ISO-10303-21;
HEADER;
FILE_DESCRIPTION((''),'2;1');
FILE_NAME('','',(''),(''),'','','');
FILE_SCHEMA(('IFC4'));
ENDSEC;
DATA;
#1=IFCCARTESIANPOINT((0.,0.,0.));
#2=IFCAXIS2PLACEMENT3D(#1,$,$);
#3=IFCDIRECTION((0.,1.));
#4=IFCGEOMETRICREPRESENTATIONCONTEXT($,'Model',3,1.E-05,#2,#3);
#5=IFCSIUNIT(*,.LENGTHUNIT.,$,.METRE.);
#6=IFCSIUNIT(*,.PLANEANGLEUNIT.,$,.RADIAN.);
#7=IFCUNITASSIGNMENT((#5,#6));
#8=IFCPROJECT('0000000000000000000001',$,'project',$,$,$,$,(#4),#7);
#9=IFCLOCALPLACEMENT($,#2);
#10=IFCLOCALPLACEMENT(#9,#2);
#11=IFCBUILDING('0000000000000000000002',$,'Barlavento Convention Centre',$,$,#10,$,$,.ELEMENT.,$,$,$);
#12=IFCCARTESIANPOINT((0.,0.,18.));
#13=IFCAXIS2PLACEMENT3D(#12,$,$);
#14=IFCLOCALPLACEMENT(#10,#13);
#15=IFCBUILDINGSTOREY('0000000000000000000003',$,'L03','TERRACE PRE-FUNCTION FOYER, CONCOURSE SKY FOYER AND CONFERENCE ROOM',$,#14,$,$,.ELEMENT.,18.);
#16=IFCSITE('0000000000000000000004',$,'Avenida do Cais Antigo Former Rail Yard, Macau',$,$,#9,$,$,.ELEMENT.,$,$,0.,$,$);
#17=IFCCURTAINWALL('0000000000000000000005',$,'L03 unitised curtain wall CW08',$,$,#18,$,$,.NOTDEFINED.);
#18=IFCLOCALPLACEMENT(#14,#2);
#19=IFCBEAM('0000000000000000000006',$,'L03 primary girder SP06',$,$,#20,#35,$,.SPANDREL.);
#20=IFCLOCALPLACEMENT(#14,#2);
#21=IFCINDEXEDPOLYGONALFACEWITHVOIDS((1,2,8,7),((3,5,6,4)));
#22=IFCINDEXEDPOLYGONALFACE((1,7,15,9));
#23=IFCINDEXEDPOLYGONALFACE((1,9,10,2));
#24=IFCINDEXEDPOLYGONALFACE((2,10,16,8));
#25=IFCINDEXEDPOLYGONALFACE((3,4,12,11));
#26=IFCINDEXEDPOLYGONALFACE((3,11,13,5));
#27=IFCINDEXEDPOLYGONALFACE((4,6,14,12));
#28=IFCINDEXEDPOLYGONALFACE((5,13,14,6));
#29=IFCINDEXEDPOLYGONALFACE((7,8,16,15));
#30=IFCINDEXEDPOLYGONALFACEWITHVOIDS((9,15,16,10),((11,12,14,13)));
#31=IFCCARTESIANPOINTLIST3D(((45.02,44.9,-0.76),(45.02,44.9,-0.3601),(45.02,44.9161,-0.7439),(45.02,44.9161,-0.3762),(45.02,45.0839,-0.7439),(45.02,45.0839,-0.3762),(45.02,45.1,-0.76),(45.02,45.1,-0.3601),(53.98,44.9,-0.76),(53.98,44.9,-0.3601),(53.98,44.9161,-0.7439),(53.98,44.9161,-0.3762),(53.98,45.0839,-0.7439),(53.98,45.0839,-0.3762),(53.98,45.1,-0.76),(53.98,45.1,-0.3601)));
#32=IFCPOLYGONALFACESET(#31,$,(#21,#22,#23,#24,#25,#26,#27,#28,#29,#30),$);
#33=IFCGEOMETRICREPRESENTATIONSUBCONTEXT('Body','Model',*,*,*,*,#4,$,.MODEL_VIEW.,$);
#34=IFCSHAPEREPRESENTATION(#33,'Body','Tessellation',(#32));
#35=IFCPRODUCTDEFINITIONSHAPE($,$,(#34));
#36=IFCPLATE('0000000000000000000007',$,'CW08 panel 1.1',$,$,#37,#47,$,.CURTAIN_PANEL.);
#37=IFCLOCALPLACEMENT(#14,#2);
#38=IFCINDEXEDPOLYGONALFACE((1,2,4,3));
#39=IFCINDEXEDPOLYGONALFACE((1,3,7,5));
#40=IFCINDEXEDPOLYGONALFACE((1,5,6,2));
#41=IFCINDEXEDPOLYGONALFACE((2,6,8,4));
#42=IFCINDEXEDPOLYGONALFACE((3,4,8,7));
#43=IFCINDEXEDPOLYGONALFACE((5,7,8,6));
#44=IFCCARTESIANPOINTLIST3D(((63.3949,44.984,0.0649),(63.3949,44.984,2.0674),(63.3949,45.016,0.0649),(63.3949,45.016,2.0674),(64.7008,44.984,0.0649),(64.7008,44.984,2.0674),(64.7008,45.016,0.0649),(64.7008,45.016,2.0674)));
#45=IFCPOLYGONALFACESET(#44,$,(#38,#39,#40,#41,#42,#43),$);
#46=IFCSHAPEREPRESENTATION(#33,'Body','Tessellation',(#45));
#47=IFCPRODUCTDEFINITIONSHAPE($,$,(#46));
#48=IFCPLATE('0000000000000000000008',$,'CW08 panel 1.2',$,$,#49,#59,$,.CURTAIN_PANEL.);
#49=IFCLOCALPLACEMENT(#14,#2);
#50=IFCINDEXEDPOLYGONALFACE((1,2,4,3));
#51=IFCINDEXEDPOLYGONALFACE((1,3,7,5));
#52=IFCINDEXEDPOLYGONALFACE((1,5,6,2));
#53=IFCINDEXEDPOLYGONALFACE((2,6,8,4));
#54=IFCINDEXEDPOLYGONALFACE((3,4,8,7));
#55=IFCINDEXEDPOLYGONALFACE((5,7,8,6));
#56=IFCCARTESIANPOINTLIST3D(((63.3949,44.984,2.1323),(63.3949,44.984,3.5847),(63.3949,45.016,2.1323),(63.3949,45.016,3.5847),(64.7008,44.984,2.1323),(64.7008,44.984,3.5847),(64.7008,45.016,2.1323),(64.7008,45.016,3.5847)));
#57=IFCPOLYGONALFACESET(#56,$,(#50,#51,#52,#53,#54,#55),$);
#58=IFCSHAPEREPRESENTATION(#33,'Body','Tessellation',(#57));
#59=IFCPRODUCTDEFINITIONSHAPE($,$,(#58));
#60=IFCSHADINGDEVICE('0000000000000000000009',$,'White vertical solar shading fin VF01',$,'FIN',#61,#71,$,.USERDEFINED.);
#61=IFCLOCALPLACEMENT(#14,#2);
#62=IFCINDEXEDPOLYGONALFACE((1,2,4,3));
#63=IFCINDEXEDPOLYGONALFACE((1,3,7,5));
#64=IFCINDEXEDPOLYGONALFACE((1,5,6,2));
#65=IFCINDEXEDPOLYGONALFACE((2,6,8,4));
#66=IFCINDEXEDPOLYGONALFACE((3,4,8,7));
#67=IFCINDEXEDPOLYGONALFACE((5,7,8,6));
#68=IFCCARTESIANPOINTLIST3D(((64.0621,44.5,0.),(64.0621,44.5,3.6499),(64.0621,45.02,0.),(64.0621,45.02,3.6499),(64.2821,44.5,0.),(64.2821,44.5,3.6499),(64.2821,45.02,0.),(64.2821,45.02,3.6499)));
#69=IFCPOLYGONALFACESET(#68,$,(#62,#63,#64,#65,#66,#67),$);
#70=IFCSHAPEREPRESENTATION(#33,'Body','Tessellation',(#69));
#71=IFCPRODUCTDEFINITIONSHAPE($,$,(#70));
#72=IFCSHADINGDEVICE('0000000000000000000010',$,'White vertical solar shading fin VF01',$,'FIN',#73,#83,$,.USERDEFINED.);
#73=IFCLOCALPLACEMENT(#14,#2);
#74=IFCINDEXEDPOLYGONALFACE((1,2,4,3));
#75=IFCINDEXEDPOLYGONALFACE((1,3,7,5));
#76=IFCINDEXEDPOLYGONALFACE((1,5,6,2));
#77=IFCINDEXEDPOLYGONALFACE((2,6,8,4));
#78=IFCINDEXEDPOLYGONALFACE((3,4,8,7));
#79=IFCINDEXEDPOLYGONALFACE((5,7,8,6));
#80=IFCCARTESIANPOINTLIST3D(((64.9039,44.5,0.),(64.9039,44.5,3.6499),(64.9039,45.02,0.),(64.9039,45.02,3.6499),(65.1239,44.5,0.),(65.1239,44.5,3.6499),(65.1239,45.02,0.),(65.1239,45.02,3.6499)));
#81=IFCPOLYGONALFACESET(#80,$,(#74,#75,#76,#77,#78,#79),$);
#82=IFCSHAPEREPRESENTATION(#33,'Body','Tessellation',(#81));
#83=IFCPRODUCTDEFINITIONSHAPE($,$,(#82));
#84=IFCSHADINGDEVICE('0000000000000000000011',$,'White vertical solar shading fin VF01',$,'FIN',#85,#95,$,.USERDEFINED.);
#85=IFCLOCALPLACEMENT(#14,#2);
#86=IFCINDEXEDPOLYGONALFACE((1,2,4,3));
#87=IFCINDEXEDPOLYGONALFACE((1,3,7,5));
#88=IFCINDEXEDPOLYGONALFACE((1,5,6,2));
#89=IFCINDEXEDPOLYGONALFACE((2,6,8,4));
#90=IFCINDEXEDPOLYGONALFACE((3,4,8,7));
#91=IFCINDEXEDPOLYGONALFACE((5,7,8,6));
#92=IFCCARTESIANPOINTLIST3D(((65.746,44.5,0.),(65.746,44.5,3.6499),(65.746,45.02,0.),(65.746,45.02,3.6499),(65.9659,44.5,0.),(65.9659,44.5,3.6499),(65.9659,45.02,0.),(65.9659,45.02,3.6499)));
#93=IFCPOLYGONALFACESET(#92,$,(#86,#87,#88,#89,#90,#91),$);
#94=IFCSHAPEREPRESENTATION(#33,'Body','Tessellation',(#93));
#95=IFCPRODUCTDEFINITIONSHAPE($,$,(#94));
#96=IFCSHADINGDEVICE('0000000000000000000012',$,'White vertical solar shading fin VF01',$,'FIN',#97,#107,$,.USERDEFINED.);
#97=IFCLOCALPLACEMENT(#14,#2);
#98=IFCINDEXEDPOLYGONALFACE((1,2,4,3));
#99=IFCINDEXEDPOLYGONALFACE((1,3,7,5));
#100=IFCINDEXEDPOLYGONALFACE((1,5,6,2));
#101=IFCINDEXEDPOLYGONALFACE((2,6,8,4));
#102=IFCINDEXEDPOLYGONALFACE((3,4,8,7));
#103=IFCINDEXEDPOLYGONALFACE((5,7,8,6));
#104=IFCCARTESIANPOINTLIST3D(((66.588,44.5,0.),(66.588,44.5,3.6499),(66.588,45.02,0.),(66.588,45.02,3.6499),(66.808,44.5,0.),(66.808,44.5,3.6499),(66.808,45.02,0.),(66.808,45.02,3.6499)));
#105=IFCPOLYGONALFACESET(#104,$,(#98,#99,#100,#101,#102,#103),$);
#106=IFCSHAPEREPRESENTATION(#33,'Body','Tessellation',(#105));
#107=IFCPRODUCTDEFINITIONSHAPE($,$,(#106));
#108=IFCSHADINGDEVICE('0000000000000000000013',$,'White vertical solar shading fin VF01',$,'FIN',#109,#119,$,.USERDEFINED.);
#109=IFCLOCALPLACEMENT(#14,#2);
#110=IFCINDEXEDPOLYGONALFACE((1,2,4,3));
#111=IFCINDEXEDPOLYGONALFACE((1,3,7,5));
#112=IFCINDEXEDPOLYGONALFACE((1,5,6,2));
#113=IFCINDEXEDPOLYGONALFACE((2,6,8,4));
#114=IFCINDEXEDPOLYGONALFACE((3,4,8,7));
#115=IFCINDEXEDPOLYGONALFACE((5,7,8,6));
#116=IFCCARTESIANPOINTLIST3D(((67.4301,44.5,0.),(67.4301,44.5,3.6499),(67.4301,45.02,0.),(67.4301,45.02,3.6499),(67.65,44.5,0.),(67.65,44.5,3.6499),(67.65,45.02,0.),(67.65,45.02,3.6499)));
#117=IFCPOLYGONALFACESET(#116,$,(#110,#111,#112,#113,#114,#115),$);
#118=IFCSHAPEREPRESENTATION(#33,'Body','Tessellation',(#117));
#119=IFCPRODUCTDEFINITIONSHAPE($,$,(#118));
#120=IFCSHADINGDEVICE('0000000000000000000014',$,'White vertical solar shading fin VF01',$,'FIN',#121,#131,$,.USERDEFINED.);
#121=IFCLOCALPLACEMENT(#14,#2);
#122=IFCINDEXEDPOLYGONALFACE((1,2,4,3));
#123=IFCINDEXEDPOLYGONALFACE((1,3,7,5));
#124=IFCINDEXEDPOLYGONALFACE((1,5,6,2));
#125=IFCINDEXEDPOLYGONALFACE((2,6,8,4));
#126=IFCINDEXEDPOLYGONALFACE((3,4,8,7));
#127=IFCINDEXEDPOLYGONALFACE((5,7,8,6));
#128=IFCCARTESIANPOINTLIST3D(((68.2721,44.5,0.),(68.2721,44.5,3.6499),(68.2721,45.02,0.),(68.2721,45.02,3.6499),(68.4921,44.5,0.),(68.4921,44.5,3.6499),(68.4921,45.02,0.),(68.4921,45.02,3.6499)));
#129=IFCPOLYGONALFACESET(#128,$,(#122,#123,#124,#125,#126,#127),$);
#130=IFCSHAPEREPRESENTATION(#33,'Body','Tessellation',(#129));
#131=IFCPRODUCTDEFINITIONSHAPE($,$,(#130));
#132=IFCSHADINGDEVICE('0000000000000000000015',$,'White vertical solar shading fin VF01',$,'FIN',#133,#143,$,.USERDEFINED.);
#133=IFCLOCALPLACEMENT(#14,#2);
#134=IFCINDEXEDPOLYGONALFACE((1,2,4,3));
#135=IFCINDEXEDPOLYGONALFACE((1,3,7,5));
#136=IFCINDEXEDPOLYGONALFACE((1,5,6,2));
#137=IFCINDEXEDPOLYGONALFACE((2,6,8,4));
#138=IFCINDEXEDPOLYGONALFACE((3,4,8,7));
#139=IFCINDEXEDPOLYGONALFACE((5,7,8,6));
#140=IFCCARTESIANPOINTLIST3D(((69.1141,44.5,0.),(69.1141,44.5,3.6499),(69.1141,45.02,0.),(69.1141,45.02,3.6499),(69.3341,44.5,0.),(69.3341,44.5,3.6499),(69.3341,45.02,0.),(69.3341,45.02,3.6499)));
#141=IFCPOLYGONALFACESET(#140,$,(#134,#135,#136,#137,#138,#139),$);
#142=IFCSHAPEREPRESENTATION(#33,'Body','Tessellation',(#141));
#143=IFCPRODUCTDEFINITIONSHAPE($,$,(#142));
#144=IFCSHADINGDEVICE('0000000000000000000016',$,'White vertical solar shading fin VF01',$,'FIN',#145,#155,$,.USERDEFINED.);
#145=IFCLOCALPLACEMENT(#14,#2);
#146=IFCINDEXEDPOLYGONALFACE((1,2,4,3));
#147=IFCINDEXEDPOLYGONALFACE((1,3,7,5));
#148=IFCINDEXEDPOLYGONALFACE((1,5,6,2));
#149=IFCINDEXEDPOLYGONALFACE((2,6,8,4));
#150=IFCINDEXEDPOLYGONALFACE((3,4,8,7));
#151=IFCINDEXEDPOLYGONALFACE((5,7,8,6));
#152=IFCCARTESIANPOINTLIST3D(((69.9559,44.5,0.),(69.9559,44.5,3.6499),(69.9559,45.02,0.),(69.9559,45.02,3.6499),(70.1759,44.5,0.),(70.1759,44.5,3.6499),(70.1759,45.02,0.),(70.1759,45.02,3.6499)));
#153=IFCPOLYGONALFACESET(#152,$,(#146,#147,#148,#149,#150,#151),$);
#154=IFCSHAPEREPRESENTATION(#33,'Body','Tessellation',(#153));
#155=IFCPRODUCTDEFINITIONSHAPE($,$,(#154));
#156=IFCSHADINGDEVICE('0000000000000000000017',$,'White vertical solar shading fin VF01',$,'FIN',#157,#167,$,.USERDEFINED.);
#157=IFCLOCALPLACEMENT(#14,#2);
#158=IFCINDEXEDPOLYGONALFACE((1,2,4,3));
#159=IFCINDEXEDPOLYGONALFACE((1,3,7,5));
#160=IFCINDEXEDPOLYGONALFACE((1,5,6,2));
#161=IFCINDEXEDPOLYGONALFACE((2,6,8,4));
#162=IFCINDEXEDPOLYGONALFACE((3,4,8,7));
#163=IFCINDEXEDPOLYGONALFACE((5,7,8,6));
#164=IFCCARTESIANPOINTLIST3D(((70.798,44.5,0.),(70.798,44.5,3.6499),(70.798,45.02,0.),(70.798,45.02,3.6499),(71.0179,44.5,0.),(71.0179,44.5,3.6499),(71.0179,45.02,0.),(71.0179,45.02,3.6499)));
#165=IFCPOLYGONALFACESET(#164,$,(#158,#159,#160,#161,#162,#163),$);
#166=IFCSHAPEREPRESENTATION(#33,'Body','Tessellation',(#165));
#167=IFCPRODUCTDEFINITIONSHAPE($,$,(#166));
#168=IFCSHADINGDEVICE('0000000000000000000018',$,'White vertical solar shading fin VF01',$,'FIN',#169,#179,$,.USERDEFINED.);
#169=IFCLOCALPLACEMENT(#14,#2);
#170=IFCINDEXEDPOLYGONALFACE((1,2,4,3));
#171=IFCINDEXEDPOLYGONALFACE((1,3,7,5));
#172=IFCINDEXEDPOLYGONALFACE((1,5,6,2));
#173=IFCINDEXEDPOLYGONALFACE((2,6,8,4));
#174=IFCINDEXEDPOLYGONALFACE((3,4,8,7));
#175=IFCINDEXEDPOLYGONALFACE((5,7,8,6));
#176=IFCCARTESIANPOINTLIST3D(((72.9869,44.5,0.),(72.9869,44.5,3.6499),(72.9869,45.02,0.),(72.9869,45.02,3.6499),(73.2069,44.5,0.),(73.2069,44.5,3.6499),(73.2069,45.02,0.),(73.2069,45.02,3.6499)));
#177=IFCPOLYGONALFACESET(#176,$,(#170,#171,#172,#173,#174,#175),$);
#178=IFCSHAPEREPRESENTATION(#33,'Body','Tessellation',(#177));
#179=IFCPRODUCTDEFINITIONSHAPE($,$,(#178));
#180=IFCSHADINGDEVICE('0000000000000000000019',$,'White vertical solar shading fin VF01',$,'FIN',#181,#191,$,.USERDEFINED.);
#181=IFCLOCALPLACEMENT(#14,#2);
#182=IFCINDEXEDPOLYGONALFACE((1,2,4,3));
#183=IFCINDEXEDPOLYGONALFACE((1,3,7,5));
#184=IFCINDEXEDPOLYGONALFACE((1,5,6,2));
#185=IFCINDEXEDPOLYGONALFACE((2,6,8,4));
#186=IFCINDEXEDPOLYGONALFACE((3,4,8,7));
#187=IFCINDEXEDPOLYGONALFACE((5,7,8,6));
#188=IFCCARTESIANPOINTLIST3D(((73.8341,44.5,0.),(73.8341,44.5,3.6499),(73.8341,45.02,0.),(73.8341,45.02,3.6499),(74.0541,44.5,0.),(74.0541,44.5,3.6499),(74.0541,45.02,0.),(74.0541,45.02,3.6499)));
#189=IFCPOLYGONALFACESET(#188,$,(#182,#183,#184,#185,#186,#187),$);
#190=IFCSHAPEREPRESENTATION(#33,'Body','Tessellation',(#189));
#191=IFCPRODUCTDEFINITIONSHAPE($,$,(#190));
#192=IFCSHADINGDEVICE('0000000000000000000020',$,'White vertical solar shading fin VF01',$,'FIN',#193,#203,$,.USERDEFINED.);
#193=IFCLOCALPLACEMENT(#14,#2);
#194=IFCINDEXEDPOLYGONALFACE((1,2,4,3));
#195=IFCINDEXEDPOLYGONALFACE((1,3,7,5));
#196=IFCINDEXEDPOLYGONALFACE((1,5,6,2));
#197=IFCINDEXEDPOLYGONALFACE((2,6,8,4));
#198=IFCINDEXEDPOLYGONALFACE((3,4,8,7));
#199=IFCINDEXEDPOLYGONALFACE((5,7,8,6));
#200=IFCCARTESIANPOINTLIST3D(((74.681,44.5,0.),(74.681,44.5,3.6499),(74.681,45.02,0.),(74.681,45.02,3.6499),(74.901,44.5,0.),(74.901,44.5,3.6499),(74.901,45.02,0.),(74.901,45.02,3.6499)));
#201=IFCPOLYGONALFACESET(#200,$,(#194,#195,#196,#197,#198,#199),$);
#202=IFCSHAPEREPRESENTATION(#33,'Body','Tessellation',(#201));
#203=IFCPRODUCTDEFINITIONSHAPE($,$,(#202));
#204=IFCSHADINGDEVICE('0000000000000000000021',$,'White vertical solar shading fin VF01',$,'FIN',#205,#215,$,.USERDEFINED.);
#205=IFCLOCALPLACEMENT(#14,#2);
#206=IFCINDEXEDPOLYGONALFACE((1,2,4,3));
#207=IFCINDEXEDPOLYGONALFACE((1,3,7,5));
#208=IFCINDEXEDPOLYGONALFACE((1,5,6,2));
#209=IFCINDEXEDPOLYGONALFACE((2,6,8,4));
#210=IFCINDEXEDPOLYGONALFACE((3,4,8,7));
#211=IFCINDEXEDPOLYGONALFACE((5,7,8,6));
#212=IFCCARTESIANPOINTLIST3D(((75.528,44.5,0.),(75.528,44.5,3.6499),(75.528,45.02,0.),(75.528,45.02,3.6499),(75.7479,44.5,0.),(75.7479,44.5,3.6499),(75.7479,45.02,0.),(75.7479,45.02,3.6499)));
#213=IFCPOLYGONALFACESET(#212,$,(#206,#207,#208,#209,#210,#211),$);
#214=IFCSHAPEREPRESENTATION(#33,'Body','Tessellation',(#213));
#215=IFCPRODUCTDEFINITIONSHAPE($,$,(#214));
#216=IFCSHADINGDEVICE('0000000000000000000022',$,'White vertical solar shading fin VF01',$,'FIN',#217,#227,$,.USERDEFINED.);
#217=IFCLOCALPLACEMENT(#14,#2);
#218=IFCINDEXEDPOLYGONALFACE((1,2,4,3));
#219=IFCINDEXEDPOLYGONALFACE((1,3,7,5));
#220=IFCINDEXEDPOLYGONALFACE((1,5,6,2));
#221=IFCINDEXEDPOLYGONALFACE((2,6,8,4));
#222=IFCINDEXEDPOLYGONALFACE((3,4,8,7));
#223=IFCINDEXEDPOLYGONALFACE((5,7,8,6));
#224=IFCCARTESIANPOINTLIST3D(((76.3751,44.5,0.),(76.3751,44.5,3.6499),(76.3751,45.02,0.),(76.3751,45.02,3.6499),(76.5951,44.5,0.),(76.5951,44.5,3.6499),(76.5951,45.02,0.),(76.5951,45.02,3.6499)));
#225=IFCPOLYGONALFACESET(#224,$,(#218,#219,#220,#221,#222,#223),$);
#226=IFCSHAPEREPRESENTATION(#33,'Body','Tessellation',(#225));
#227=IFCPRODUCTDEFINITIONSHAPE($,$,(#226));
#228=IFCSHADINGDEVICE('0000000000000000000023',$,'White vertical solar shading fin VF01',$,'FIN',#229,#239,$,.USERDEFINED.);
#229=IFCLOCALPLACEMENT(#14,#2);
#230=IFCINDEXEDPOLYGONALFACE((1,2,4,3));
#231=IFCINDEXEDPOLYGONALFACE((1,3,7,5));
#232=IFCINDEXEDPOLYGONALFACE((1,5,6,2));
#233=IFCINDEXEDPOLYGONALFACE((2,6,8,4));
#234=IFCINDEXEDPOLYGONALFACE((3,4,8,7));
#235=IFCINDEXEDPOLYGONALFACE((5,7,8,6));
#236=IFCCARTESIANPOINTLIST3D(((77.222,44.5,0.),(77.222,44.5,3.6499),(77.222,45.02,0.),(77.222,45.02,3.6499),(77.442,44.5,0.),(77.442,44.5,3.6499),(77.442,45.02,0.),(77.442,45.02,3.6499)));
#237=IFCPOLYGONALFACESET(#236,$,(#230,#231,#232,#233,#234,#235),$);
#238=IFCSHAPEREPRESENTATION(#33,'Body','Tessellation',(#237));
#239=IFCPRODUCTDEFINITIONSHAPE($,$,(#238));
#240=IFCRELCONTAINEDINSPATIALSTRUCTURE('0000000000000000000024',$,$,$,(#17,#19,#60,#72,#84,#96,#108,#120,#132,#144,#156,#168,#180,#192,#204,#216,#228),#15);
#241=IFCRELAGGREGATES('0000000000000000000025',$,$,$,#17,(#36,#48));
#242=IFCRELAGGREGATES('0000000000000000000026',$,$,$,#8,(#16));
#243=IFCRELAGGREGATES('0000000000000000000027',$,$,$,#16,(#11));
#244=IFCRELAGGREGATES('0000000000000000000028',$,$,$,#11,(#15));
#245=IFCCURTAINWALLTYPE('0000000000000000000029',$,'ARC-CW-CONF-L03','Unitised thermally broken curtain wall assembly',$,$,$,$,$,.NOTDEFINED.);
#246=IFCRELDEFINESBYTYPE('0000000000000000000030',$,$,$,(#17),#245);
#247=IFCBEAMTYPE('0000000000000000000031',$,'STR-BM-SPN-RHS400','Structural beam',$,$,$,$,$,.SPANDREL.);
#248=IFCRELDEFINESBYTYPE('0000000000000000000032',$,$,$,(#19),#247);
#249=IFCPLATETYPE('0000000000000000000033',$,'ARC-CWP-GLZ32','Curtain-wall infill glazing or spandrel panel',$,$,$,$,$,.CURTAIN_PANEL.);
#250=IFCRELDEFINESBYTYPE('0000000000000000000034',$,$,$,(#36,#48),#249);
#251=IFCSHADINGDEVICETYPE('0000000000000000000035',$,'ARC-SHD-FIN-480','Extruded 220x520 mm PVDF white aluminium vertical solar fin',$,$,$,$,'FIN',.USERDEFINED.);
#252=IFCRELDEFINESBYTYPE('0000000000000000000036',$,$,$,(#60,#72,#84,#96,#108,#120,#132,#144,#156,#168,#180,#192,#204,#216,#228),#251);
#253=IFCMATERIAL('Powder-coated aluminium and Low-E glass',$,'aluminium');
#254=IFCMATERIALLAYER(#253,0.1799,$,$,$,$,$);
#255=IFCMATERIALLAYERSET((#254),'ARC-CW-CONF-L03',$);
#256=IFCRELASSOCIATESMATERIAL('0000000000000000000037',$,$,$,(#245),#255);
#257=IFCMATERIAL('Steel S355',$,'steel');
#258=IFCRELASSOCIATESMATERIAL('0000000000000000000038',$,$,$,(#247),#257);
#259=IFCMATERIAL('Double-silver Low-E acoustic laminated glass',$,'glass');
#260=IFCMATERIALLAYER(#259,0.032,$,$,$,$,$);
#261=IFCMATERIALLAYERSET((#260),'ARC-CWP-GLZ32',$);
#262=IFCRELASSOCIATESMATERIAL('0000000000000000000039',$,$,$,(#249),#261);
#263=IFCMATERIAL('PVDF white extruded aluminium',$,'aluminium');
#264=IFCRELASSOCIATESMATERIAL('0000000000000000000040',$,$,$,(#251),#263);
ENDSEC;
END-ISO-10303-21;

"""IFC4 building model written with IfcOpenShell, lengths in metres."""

from ifc_helpers import new_model, si_unit, direction, frame, origin, origin_2d, place, context, subcontext, project, spatial, rectangle, hollow_rectangle, extrude, material, layer, layer_set, material_profile, profile_set, type_object, element, aggregate, save


model = new_model("IFC4")

# Units and contexts
model_context = context("Model", 3, precision=1e-05, world=origin(), true_north=direction((0.0, 1.0)))
body_context = subcontext(model_context, "Body", "Model", "MODEL_VIEW")
ifc_project = project(units=[si_unit("LENGTHUNIT", "METRE"), si_unit("PLANEANGLEUNIT", "RADIAN")], contexts=[model_context])

# Site, building, storey
site_placement = place(None, origin())
site = spatial("IfcSite", under=ifc_project, at=site_placement, Name="Avenida do Cais Antigo Former Rail Yard, Macau", CompositionType="ELEMENT", RefElevation=0.0)
building_placement = place(site_placement, origin())
building = spatial("IfcBuilding", under=site, at=building_placement, Name="Barlavento Convention Centre", CompositionType="ELEMENT")
storey_placement = place(building_placement, frame((0.0, 0.0, 18.0)))
storey = spatial("IfcBuildingStorey", under=building, at=storey_placement, Name="L03", Description="TERRACE PRE-FUNCTION FOYER, CONCOURSE SKY FOYER AND CONFERENCE ROOM", CompositionType="ELEMENT", Elevation=18.0)

# Shared definitions
ifc_material_1 = material(Name="Steel S355", Category="steel")

# Curtain wall
ifc_material_2 = material(Name="Powder-coated aluminium and Low-E glass", Category="aluminium")
ifc_layer_1 = layer(ifc_material_2, 0.1799)
ifc_layer_set_1 = layer_set([ifc_layer_1], Name="ARC-CW-CONF-L03")
curtain_wall_type = type_object("IfcCurtainWallType", Name="ARC-CW-CONF-L03", Description="Unitised thermally broken curtain wall assembly", PredefinedType="NOTDEFINED", material=ifc_layer_set_1)
curtain_wall_placement = place(storey_placement, origin())
curtain_wall = element("IfcCurtainWall", 1, at=curtain_wall_placement, inside=storey, type_object=curtain_wall_type, Name="L03 unitised curtain wall CW08", PredefinedType="NOTDEFINED")

# Beam
ifc_material_profile_1 = material_profile(ifc_material_1, hollow_rectangle(XDim=0.2, YDim=0.3999, WallThickness=0.0161, at=origin_2d()), Name="RHS 400x200x16.0")
ifc_profile_set_1 = profile_set([ifc_material_profile_1], Name="Steel S355")
beam_type_1 = type_object("IfcBeamType", Name="STR-BM-SPN-RHS400", Description="Structural beam", PredefinedType="SPANDREL", material=ifc_profile_set_1)
beam_1_placement = place(storey_placement, frame((45.02, 45.0, -0.5601), z_axis=(1.0, 0.0, 0.0), x_axis=(0.0, 1.0, 0.0)))
element("IfcBeam", 2, at=beam_1_placement, inside=storey, type_object=beam_type_1, Name="L03 primary girder SP06", PredefinedType="SPANDREL", context=body_context, shape_type="SweptSolid", body=[
    extrude(hollow_rectangle(XDim=0.2, YDim=0.3999, WallThickness=0.0161, at=origin_2d()), origin(), (0.0, 0.0, 1.0), 8.96),
])

# Plates
ifc_material_3 = material(Name="Double-silver Low-E acoustic laminated glass", Category="glass")
ifc_layer_2 = layer(ifc_material_3, 0.032)
ifc_layer_set_2 = layer_set([ifc_layer_2], Name="ARC-CWP-GLZ32")
plate_type = type_object("IfcPlateType", Name="ARC-CWP-GLZ32", Description="Curtain-wall infill glazing or spandrel panel", PredefinedType="CURTAIN_PANEL", material=ifc_layer_set_2)
plate_1_placement = place(storey_placement, frame((64.0479, 45.0, 0.0649), z_axis=(0.0, 0.0, 1.0), x_axis=(1.0, 0.0, 0.0)))
plate_1 = element("IfcPlate", 3, at=plate_1_placement, type_object=plate_type, Name="CW08 panel 1.1", PredefinedType="CURTAIN_PANEL", context=body_context, shape_type="SweptSolid", body=[
    extrude(rectangle(XDim=1.3059, YDim=0.032, at=origin_2d()), origin(), (0.0, 0.0, 1.0), 2.0024),
])
plate_2_placement = place(storey_placement, frame((64.0479, 45.0, 2.1323), z_axis=(0.0, 0.0, 1.0), x_axis=(1.0, 0.0, 0.0)))
plate_2 = element("IfcPlate", 4, at=plate_2_placement, type_object=plate_type, Name="CW08 panel 1.2", PredefinedType="CURTAIN_PANEL", context=body_context, shape_type="SweptSolid", body=[
    extrude(rectangle(XDim=1.3059, YDim=0.032, at=origin_2d()), origin(), (0.0, 0.0, 1.0), 1.4524),
])
aggregate(curtain_wall, [plate_1, plate_2])

# Shading devices
ifc_material_4 = material(Name="PVDF white extruded aluminium", Category="aluminium")
shading_device_type = type_object("IfcShadingDeviceType", Name="ARC-SHD-FIN-480", Description="Extruded 220x520 mm PVDF white aluminium vertical solar fin", ElementType="FIN", PredefinedType="USERDEFINED", material=ifc_material_4)
for number, where, z_axis, x_axis, name in (
    (5, (64.1721, 44.76, 0.0), (0.0, 0.0, 1.0), (1.0, 0.0, 0.0), "White vertical solar shading fin VF01"),
    (6, (65.0139, 44.76, 0.0), (0.0, 0.0, 1.0), (1.0, 0.0, 0.0), "White vertical solar shading fin VF01"),
    (7, (65.856, 44.76, 0.0), (0.0, 0.0, 1.0), (1.0, 0.0, 0.0), "White vertical solar shading fin VF01"),
    (8, (66.698, 44.76, 0.0), (0.0, 0.0, 1.0), (1.0, 0.0, 0.0), "White vertical solar shading fin VF01"),
    (9, (67.54, 44.76, 0.0), (0.0, 0.0, 1.0), (1.0, 0.0, 0.0), "White vertical solar shading fin VF01"),
    (10, (68.3821, 44.76, 0.0), (0.0, 0.0, 1.0), (1.0, 0.0, 0.0), "White vertical solar shading fin VF01"),
    (11, (69.2241, 44.76, 0.0), (0.0, 0.0, 1.0), (1.0, 0.0, 0.0), "White vertical solar shading fin VF01"),
    (12, (70.0659, 44.76, 0.0), (0.0, 0.0, 1.0), (1.0, 0.0, 0.0), "White vertical solar shading fin VF01"),
    (13, (70.908, 44.76, 0.0), (0.0, 0.0, 1.0), (1.0, 0.0, 0.0), "White vertical solar shading fin VF01"),
    (14, (73.0969, 44.76, 0.0), (0.0, 0.0, 1.0), (1.0, 0.0, 0.0), "White vertical solar shading fin VF01"),
    (15, (73.9441, 44.76, 0.0), (0.0, 0.0, 1.0), (1.0, 0.0, 0.0), "White vertical solar shading fin VF01"),
    (16, (74.791, 44.76, 0.0), (0.0, 0.0, 1.0), (1.0, 0.0, 0.0), "White vertical solar shading fin VF01"),
    (17, (75.6379, 44.76, 0.0), (0.0, 0.0, 1.0), (1.0, 0.0, 0.0), "White vertical solar shading fin VF01"),
    (18, (76.4851, 44.76, 0.0), (0.0, 0.0, 1.0), (1.0, 0.0, 0.0), "White vertical solar shading fin VF01"),
    (19, (77.332, 44.76, 0.0), (0.0, 0.0, 1.0), (1.0, 0.0, 0.0), "White vertical solar shading fin VF01"),
):
    element("IfcShadingDevice", number, at=place(storey_placement, frame(where, z_axis=z_axis, x_axis=x_axis)), inside=storey, type_object=shading_device_type, Name=name, ObjectType="FIN", PredefinedType="USERDEFINED", context=body_context, shape_type="SweptSolid", body=[
        extrude(rectangle(XDim=0.22, YDim=0.52, at=origin_2d()), origin(), (0.0, 0.0, 1.0), 3.6499),
    ])

save(model, "model.ifc")
